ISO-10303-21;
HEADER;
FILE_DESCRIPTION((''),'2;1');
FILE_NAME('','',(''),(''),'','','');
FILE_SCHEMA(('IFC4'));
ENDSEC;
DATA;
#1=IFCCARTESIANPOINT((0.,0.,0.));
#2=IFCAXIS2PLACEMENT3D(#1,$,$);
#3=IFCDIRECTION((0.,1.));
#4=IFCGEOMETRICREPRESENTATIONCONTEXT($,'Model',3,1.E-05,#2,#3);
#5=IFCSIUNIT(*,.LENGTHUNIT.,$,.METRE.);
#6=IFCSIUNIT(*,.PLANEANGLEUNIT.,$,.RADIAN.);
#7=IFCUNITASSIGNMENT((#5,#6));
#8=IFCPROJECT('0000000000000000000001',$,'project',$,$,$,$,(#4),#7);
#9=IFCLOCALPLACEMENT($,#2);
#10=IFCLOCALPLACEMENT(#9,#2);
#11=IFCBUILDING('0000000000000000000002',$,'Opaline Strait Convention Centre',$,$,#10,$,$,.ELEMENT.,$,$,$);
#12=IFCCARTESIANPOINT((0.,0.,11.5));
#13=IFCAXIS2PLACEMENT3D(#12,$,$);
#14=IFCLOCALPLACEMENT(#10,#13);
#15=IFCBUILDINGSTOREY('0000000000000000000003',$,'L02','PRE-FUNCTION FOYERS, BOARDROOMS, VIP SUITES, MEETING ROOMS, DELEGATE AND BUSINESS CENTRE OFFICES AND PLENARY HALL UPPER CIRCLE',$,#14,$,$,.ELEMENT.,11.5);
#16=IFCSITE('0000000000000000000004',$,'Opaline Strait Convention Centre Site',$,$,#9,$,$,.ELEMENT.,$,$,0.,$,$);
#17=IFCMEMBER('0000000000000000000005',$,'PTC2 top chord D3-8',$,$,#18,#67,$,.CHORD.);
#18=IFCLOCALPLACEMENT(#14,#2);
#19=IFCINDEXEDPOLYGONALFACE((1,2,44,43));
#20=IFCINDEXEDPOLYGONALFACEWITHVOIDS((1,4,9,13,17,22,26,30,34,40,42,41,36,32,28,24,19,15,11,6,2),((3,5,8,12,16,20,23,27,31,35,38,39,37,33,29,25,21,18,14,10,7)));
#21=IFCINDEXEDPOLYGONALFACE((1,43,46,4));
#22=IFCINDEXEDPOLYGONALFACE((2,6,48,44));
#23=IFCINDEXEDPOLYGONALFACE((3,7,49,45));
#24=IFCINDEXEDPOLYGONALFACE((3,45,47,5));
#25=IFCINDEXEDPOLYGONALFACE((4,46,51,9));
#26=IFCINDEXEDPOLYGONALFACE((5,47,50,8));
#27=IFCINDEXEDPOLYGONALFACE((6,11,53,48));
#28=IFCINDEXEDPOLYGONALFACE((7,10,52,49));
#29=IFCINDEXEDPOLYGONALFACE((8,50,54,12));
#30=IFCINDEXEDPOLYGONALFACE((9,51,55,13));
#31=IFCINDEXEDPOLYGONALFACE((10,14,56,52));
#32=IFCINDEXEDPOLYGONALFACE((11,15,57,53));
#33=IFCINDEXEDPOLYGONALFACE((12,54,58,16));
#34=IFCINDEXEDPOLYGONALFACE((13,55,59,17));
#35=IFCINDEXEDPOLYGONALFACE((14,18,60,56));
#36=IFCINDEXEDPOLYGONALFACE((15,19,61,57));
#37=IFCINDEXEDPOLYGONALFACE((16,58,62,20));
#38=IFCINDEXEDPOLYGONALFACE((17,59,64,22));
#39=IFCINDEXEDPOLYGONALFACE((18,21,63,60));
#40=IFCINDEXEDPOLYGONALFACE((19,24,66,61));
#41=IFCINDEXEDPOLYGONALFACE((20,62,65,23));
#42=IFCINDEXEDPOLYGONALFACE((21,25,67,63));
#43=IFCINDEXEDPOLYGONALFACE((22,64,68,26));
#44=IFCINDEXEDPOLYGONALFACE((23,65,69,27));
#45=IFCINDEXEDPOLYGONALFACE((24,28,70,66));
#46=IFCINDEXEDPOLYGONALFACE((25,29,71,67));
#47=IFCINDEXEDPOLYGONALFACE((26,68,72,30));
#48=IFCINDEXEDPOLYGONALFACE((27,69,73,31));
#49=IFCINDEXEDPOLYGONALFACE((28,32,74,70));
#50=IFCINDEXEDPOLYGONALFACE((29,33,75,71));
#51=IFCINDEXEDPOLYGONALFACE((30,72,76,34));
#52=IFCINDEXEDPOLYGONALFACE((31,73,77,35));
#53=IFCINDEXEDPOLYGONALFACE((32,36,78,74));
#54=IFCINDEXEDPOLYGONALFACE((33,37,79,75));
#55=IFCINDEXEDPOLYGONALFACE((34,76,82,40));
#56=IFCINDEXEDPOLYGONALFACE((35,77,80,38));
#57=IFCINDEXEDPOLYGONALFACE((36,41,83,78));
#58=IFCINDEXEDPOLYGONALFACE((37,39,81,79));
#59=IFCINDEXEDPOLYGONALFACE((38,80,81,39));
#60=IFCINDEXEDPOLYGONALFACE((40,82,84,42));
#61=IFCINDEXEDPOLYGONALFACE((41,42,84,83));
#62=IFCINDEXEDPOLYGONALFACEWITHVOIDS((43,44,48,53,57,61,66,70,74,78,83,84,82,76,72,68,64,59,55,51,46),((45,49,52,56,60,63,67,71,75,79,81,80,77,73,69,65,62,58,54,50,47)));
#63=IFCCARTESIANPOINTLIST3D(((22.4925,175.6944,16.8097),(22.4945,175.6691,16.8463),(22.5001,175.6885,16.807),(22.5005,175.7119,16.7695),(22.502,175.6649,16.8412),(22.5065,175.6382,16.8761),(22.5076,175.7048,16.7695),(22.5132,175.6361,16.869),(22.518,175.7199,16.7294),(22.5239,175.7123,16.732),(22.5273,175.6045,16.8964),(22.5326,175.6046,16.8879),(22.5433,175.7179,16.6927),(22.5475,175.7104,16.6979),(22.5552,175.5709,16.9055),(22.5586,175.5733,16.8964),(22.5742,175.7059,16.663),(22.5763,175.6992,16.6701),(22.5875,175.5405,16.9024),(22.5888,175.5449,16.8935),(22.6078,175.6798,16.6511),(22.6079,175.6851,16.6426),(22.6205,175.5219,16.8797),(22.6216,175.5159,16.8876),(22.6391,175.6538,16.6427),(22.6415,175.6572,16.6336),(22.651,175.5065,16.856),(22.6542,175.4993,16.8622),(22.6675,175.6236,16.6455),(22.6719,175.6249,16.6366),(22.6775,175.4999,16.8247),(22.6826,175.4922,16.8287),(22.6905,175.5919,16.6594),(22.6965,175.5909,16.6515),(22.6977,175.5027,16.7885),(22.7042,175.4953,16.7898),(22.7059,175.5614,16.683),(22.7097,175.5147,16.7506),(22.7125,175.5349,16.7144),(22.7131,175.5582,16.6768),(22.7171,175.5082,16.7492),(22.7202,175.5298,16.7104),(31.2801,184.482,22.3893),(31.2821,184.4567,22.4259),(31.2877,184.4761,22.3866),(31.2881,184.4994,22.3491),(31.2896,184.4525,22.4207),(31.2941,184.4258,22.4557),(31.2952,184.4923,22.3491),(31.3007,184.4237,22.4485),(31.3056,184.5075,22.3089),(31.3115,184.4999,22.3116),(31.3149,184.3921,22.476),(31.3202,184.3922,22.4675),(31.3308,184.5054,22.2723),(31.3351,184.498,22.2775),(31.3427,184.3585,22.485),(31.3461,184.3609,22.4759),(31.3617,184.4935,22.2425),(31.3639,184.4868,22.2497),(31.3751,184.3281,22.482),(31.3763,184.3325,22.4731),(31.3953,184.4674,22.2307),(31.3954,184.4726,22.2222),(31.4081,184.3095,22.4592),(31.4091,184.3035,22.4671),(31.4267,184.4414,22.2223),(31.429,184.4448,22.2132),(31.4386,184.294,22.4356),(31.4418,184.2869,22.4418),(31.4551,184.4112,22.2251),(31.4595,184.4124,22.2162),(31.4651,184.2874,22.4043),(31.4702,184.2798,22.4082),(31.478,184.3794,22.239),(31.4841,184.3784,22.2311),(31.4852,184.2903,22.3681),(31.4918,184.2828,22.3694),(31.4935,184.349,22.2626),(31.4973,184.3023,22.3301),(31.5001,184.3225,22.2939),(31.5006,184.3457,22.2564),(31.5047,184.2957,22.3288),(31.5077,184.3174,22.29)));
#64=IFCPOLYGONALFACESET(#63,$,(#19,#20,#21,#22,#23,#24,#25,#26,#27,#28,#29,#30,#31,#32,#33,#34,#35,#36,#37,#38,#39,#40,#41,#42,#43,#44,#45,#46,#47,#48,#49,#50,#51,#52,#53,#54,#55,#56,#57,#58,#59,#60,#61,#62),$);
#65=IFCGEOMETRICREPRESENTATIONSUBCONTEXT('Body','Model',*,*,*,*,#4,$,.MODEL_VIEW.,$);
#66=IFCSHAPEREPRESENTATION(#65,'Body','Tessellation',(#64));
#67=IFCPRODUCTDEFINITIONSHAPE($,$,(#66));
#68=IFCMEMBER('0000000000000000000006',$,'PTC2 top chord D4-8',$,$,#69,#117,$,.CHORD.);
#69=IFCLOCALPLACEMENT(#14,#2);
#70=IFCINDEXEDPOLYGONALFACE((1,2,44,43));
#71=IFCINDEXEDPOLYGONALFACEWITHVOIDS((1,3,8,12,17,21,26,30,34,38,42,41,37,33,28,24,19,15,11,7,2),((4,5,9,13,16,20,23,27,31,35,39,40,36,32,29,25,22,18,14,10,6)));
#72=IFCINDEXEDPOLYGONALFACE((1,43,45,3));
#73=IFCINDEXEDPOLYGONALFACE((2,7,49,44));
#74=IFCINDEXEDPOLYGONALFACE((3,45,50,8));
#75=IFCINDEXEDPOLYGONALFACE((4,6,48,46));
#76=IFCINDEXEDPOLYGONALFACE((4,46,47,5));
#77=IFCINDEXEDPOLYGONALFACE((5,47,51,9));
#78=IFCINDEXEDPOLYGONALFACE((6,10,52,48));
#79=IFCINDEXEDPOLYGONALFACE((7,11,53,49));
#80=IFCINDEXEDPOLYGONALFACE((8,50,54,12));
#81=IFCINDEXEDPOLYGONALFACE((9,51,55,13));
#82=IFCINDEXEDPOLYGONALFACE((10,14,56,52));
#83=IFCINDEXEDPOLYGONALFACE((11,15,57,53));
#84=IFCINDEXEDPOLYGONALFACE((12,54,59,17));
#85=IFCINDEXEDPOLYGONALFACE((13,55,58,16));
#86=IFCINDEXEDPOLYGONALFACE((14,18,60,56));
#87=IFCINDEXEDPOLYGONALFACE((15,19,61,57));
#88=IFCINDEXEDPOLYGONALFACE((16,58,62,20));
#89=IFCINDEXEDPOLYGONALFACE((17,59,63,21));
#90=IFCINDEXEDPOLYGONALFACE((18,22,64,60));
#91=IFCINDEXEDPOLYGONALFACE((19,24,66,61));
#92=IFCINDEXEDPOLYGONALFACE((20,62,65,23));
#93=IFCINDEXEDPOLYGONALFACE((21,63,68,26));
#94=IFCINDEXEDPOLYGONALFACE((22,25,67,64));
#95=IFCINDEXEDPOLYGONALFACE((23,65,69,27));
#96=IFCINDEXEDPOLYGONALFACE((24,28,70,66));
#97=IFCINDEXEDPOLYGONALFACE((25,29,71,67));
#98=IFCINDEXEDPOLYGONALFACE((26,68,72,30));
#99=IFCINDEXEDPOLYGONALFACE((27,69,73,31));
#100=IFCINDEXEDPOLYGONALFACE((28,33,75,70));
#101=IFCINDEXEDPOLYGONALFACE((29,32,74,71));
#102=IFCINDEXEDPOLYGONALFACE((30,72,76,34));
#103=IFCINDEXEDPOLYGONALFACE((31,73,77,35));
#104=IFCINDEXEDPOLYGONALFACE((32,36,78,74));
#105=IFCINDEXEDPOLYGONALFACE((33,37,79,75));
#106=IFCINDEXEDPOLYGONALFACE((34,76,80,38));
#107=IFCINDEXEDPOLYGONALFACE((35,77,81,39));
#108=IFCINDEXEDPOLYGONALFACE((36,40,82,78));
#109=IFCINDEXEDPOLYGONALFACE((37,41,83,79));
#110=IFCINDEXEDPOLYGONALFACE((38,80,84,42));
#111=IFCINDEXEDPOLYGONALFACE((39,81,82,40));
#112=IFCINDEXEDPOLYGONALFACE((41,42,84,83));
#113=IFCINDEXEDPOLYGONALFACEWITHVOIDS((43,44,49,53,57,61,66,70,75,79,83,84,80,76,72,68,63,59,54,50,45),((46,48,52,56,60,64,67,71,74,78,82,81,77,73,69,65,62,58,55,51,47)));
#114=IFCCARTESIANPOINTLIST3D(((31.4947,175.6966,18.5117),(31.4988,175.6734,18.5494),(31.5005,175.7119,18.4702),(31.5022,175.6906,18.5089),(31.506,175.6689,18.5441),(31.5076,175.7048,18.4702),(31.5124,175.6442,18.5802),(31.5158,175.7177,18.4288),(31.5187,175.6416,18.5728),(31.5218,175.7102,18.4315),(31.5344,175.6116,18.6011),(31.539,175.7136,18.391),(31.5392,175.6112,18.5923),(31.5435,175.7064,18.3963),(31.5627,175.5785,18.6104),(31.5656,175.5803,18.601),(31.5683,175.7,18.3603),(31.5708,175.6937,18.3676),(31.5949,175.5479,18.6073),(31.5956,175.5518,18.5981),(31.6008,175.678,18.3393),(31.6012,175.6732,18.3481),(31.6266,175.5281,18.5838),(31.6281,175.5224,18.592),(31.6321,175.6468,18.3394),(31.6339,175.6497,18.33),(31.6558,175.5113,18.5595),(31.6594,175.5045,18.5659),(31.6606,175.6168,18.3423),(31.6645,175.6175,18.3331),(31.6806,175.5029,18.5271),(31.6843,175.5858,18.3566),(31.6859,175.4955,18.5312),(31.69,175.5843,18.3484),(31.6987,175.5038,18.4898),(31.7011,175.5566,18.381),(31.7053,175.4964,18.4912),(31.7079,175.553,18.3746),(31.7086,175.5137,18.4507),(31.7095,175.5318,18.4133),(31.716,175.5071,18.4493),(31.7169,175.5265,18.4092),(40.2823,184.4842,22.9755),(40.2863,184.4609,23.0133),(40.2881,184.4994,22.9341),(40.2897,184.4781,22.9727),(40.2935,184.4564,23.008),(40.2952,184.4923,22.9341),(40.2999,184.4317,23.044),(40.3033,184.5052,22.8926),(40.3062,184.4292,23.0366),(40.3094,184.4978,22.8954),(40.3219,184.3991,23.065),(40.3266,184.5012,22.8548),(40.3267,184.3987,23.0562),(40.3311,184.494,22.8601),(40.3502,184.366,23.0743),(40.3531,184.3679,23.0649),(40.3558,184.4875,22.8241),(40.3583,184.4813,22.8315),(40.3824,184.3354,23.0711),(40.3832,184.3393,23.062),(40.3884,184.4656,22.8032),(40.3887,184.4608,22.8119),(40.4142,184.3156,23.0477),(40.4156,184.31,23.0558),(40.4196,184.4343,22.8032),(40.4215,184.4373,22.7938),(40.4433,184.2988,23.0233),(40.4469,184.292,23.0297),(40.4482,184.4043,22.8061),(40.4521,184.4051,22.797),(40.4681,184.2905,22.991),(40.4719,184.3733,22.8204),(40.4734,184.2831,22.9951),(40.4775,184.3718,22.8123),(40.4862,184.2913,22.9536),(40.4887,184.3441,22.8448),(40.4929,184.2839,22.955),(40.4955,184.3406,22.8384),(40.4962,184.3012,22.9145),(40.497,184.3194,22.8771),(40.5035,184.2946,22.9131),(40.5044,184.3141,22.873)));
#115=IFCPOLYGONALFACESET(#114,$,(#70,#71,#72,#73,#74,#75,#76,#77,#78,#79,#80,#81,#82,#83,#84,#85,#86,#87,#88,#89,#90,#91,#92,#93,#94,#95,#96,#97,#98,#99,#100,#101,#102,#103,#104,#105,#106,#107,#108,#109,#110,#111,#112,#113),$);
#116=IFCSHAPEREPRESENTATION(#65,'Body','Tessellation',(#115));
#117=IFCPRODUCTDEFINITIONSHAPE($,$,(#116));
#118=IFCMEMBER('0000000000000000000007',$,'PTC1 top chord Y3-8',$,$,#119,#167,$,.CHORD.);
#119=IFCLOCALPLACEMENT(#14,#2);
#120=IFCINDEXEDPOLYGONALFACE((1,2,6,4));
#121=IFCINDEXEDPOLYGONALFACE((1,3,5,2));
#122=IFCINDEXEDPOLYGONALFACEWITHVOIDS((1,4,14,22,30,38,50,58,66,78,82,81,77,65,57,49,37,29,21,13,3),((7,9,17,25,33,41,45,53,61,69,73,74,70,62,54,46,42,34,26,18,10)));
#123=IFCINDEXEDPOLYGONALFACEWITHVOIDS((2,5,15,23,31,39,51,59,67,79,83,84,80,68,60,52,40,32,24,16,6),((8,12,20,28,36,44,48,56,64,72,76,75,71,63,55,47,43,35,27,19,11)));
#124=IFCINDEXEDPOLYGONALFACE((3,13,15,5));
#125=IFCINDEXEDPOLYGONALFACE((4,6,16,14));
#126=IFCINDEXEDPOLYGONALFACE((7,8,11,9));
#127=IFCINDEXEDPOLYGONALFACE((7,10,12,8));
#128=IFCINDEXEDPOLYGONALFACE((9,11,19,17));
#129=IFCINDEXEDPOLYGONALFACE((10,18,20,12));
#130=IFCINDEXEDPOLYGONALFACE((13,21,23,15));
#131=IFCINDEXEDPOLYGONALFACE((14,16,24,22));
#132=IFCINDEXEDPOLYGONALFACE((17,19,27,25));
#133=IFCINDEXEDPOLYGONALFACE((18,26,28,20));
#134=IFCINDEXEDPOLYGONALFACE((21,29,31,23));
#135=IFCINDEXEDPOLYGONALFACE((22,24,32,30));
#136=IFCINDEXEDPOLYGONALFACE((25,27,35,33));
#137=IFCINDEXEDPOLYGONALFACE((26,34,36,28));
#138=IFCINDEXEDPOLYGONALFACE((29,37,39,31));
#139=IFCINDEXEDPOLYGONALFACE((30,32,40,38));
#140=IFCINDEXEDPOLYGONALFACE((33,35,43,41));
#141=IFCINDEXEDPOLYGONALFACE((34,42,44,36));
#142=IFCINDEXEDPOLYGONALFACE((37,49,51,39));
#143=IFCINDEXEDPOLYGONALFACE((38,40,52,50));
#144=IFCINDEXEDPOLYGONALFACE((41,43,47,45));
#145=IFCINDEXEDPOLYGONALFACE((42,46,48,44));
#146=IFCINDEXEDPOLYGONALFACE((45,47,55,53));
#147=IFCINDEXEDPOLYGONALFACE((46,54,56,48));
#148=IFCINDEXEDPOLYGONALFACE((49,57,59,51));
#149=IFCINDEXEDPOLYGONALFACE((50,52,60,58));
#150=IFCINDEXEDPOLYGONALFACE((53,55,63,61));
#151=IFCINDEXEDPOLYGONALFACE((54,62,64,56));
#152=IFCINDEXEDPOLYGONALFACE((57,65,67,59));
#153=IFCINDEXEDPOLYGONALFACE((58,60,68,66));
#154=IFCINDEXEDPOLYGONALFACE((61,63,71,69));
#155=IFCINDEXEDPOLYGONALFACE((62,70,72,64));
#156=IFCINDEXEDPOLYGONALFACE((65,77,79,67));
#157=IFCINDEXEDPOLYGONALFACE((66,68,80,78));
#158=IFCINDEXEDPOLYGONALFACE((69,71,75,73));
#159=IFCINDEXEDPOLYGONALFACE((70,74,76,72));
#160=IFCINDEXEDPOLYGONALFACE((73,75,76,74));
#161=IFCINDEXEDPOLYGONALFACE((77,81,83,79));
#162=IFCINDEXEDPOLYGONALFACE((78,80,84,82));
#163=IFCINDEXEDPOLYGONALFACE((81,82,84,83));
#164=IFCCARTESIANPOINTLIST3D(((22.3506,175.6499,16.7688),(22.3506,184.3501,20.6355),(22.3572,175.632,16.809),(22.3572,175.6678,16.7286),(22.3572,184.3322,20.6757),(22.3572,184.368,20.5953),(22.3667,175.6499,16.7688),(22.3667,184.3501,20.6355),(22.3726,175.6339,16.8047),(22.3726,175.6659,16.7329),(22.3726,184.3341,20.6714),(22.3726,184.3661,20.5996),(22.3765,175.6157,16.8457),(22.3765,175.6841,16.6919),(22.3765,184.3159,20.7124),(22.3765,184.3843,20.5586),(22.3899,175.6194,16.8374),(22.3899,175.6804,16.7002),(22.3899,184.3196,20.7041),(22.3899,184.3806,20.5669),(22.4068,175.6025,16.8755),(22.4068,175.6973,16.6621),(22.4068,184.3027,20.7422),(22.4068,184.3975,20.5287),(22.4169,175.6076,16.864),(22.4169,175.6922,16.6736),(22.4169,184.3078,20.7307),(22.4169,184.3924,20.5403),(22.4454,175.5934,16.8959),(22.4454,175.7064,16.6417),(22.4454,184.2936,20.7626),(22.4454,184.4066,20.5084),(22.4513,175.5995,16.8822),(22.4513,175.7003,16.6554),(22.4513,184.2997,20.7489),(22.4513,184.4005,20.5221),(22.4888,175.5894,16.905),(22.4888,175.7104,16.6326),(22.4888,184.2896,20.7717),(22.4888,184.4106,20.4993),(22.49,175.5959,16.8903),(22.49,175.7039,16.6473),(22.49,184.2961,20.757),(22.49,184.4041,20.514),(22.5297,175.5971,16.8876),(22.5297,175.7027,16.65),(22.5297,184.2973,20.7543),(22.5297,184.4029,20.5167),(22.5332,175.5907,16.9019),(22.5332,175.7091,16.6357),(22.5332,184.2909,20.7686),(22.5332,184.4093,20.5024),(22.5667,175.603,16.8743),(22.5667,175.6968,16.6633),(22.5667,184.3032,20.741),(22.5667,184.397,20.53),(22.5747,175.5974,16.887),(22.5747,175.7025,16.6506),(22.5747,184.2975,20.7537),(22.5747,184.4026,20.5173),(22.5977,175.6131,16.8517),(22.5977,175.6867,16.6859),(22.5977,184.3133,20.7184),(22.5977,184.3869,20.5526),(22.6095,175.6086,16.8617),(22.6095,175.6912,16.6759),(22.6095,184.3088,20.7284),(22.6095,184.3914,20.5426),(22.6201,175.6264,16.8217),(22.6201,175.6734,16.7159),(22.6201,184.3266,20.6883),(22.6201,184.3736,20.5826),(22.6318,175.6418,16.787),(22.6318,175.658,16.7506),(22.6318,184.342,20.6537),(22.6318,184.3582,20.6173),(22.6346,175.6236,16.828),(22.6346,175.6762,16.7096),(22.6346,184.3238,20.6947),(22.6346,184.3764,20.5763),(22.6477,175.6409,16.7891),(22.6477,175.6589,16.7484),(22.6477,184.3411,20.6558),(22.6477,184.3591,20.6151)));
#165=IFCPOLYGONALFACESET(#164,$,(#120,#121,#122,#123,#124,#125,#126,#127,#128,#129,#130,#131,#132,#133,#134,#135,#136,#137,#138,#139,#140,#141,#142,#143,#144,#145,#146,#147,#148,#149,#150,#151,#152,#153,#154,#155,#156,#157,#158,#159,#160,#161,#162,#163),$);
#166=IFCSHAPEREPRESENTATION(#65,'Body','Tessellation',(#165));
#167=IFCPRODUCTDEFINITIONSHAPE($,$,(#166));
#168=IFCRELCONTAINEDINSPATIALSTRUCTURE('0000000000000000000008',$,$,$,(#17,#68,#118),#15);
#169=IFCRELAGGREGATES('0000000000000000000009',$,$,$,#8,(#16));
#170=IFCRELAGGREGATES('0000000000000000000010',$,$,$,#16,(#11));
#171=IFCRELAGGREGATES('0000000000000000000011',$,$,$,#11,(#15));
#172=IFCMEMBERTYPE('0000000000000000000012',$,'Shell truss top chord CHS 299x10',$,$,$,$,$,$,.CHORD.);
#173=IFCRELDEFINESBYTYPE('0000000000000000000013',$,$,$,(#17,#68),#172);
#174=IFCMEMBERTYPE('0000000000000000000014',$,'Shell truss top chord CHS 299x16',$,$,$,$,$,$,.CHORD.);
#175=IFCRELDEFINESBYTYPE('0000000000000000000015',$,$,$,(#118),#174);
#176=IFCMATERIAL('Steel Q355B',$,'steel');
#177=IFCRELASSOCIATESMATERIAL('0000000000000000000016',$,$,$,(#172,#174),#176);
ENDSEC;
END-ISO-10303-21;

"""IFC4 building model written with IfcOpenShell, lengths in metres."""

from ifc_helpers import new_model, si_unit, direction, frame, origin, origin_2d, place, context, subcontext, project, spatial, hollow_circle, extrude, material, material_profile, profile_set, type_object, element, save


model = new_model("IFC4")

# Units and contexts
model_context = context("Model", 3, precision=1e-05, world=origin(), true_north=direction((0.0, 1.0)))
body_context = subcontext(model_context, "Body", "Model", "MODEL_VIEW")
ifc_project = project(units=[si_unit("LENGTHUNIT", "METRE"), si_unit("PLANEANGLEUNIT", "RADIAN")], contexts=[model_context])

# Site, building, storey
site_placement = place(None, origin())
site = spatial("IfcSite", under=ifc_project, at=site_placement, Name="Opaline Strait Convention Centre Site", CompositionType="ELEMENT", RefElevation=0.0)
building_placement = place(site_placement, origin())
building = spatial("IfcBuilding", under=site, at=building_placement, Name="Opaline Strait Convention Centre", CompositionType="ELEMENT")
storey_placement = place(building_placement, frame((0.0, 0.0, 11.5)))
storey = spatial("IfcBuildingStorey", under=building, at=storey_placement, Name="L02", Description="PRE-FUNCTION FOYERS, BOARDROOMS, VIP SUITES, MEETING ROOMS, DELEGATE AND BUSINESS CENTRE OFFICES AND PLENARY HALL UPPER CIRCLE", CompositionType="ELEMENT", Elevation=11.5)

# Members
ifc_material_1 = material(Name="Steel Q355B", Category="steel")
ifc_material_profile_1 = material_profile(ifc_material_1, hollow_circle(Radius=0.1494, WallThickness=0.01, at=origin_2d()), Name="CHS 299x10")
ifc_profile_set_1 = profile_set([ifc_material_profile_1], Name="Steel Q355B")
member_type_1 = type_object("IfcMemberType", Name="Shell truss top chord CHS 299x10", PredefinedType="CHORD", material=ifc_profile_set_1)
member_1_placement = place(storey_placement, frame((22.6062, 175.6062, 16.7695), z_axis=(0.645074, 0.645074, 0.409583), x_axis=(-0.707107, 0.707107, 0.0)))
element("IfcMember", 1, at=member_1_placement, inside=storey, type_object=member_type_1, Name="PTC2 top chord D3-8", PredefinedType="CHORD", context=body_context, shape_type="SweptSolid", body=[
    extrude(hollow_circle(Radius=0.1494, WallThickness=0.01, at=origin_2d()), origin(), (0.0, 0.0, 1.0), 13.6226),
])
member_2_placement = place(storey_placement, frame((31.6062, 175.6062, 18.4702), z_axis=(0.665479, 0.665479, 0.338046), x_axis=(-0.707107, 0.707107, 0.0)))
element("IfcMember", 2, at=member_2_placement, inside=storey, type_object=member_type_1, Name="PTC2 top chord D4-8", PredefinedType="CHORD", context=body_context, shape_type="SweptSolid", body=[
    extrude(hollow_circle(Radius=0.1494, WallThickness=0.01, at=origin_2d()), origin(), (0.0, 0.0, 1.0), 13.2048),
])
ifc_material_profile_2 = material_profile(ifc_material_1, hollow_circle(Radius=0.1494, WallThickness=0.0161, at=origin_2d()), Name="CHS 299x16")
ifc_profile_set_2 = profile_set([ifc_material_profile_2], Name="Steel Q355B")
member_type_2 = type_object("IfcMemberType", Name="Shell truss top chord CHS 299x16", PredefinedType="CHORD", material=ifc_profile_set_2)
member_3_placement = place(storey_placement, frame((22.5, 175.6499, 16.7688), z_axis=(0.0, 0.913814, 0.406134), x_axis=(-1.0, 0.0, 0.0)))
element("IfcMember", 3, at=member_3_placement, inside=storey, type_object=member_type_2, Name="PTC1 top chord Y3-8", PredefinedType="CHORD", context=body_context, shape_type="SweptSolid", body=[
    extrude(hollow_circle(Radius=0.1494, WallThickness=0.0161, at=origin_2d()), origin(), (0.0, 0.0, 1.0), 9.5208),
])

save(model, "model.ifc")
